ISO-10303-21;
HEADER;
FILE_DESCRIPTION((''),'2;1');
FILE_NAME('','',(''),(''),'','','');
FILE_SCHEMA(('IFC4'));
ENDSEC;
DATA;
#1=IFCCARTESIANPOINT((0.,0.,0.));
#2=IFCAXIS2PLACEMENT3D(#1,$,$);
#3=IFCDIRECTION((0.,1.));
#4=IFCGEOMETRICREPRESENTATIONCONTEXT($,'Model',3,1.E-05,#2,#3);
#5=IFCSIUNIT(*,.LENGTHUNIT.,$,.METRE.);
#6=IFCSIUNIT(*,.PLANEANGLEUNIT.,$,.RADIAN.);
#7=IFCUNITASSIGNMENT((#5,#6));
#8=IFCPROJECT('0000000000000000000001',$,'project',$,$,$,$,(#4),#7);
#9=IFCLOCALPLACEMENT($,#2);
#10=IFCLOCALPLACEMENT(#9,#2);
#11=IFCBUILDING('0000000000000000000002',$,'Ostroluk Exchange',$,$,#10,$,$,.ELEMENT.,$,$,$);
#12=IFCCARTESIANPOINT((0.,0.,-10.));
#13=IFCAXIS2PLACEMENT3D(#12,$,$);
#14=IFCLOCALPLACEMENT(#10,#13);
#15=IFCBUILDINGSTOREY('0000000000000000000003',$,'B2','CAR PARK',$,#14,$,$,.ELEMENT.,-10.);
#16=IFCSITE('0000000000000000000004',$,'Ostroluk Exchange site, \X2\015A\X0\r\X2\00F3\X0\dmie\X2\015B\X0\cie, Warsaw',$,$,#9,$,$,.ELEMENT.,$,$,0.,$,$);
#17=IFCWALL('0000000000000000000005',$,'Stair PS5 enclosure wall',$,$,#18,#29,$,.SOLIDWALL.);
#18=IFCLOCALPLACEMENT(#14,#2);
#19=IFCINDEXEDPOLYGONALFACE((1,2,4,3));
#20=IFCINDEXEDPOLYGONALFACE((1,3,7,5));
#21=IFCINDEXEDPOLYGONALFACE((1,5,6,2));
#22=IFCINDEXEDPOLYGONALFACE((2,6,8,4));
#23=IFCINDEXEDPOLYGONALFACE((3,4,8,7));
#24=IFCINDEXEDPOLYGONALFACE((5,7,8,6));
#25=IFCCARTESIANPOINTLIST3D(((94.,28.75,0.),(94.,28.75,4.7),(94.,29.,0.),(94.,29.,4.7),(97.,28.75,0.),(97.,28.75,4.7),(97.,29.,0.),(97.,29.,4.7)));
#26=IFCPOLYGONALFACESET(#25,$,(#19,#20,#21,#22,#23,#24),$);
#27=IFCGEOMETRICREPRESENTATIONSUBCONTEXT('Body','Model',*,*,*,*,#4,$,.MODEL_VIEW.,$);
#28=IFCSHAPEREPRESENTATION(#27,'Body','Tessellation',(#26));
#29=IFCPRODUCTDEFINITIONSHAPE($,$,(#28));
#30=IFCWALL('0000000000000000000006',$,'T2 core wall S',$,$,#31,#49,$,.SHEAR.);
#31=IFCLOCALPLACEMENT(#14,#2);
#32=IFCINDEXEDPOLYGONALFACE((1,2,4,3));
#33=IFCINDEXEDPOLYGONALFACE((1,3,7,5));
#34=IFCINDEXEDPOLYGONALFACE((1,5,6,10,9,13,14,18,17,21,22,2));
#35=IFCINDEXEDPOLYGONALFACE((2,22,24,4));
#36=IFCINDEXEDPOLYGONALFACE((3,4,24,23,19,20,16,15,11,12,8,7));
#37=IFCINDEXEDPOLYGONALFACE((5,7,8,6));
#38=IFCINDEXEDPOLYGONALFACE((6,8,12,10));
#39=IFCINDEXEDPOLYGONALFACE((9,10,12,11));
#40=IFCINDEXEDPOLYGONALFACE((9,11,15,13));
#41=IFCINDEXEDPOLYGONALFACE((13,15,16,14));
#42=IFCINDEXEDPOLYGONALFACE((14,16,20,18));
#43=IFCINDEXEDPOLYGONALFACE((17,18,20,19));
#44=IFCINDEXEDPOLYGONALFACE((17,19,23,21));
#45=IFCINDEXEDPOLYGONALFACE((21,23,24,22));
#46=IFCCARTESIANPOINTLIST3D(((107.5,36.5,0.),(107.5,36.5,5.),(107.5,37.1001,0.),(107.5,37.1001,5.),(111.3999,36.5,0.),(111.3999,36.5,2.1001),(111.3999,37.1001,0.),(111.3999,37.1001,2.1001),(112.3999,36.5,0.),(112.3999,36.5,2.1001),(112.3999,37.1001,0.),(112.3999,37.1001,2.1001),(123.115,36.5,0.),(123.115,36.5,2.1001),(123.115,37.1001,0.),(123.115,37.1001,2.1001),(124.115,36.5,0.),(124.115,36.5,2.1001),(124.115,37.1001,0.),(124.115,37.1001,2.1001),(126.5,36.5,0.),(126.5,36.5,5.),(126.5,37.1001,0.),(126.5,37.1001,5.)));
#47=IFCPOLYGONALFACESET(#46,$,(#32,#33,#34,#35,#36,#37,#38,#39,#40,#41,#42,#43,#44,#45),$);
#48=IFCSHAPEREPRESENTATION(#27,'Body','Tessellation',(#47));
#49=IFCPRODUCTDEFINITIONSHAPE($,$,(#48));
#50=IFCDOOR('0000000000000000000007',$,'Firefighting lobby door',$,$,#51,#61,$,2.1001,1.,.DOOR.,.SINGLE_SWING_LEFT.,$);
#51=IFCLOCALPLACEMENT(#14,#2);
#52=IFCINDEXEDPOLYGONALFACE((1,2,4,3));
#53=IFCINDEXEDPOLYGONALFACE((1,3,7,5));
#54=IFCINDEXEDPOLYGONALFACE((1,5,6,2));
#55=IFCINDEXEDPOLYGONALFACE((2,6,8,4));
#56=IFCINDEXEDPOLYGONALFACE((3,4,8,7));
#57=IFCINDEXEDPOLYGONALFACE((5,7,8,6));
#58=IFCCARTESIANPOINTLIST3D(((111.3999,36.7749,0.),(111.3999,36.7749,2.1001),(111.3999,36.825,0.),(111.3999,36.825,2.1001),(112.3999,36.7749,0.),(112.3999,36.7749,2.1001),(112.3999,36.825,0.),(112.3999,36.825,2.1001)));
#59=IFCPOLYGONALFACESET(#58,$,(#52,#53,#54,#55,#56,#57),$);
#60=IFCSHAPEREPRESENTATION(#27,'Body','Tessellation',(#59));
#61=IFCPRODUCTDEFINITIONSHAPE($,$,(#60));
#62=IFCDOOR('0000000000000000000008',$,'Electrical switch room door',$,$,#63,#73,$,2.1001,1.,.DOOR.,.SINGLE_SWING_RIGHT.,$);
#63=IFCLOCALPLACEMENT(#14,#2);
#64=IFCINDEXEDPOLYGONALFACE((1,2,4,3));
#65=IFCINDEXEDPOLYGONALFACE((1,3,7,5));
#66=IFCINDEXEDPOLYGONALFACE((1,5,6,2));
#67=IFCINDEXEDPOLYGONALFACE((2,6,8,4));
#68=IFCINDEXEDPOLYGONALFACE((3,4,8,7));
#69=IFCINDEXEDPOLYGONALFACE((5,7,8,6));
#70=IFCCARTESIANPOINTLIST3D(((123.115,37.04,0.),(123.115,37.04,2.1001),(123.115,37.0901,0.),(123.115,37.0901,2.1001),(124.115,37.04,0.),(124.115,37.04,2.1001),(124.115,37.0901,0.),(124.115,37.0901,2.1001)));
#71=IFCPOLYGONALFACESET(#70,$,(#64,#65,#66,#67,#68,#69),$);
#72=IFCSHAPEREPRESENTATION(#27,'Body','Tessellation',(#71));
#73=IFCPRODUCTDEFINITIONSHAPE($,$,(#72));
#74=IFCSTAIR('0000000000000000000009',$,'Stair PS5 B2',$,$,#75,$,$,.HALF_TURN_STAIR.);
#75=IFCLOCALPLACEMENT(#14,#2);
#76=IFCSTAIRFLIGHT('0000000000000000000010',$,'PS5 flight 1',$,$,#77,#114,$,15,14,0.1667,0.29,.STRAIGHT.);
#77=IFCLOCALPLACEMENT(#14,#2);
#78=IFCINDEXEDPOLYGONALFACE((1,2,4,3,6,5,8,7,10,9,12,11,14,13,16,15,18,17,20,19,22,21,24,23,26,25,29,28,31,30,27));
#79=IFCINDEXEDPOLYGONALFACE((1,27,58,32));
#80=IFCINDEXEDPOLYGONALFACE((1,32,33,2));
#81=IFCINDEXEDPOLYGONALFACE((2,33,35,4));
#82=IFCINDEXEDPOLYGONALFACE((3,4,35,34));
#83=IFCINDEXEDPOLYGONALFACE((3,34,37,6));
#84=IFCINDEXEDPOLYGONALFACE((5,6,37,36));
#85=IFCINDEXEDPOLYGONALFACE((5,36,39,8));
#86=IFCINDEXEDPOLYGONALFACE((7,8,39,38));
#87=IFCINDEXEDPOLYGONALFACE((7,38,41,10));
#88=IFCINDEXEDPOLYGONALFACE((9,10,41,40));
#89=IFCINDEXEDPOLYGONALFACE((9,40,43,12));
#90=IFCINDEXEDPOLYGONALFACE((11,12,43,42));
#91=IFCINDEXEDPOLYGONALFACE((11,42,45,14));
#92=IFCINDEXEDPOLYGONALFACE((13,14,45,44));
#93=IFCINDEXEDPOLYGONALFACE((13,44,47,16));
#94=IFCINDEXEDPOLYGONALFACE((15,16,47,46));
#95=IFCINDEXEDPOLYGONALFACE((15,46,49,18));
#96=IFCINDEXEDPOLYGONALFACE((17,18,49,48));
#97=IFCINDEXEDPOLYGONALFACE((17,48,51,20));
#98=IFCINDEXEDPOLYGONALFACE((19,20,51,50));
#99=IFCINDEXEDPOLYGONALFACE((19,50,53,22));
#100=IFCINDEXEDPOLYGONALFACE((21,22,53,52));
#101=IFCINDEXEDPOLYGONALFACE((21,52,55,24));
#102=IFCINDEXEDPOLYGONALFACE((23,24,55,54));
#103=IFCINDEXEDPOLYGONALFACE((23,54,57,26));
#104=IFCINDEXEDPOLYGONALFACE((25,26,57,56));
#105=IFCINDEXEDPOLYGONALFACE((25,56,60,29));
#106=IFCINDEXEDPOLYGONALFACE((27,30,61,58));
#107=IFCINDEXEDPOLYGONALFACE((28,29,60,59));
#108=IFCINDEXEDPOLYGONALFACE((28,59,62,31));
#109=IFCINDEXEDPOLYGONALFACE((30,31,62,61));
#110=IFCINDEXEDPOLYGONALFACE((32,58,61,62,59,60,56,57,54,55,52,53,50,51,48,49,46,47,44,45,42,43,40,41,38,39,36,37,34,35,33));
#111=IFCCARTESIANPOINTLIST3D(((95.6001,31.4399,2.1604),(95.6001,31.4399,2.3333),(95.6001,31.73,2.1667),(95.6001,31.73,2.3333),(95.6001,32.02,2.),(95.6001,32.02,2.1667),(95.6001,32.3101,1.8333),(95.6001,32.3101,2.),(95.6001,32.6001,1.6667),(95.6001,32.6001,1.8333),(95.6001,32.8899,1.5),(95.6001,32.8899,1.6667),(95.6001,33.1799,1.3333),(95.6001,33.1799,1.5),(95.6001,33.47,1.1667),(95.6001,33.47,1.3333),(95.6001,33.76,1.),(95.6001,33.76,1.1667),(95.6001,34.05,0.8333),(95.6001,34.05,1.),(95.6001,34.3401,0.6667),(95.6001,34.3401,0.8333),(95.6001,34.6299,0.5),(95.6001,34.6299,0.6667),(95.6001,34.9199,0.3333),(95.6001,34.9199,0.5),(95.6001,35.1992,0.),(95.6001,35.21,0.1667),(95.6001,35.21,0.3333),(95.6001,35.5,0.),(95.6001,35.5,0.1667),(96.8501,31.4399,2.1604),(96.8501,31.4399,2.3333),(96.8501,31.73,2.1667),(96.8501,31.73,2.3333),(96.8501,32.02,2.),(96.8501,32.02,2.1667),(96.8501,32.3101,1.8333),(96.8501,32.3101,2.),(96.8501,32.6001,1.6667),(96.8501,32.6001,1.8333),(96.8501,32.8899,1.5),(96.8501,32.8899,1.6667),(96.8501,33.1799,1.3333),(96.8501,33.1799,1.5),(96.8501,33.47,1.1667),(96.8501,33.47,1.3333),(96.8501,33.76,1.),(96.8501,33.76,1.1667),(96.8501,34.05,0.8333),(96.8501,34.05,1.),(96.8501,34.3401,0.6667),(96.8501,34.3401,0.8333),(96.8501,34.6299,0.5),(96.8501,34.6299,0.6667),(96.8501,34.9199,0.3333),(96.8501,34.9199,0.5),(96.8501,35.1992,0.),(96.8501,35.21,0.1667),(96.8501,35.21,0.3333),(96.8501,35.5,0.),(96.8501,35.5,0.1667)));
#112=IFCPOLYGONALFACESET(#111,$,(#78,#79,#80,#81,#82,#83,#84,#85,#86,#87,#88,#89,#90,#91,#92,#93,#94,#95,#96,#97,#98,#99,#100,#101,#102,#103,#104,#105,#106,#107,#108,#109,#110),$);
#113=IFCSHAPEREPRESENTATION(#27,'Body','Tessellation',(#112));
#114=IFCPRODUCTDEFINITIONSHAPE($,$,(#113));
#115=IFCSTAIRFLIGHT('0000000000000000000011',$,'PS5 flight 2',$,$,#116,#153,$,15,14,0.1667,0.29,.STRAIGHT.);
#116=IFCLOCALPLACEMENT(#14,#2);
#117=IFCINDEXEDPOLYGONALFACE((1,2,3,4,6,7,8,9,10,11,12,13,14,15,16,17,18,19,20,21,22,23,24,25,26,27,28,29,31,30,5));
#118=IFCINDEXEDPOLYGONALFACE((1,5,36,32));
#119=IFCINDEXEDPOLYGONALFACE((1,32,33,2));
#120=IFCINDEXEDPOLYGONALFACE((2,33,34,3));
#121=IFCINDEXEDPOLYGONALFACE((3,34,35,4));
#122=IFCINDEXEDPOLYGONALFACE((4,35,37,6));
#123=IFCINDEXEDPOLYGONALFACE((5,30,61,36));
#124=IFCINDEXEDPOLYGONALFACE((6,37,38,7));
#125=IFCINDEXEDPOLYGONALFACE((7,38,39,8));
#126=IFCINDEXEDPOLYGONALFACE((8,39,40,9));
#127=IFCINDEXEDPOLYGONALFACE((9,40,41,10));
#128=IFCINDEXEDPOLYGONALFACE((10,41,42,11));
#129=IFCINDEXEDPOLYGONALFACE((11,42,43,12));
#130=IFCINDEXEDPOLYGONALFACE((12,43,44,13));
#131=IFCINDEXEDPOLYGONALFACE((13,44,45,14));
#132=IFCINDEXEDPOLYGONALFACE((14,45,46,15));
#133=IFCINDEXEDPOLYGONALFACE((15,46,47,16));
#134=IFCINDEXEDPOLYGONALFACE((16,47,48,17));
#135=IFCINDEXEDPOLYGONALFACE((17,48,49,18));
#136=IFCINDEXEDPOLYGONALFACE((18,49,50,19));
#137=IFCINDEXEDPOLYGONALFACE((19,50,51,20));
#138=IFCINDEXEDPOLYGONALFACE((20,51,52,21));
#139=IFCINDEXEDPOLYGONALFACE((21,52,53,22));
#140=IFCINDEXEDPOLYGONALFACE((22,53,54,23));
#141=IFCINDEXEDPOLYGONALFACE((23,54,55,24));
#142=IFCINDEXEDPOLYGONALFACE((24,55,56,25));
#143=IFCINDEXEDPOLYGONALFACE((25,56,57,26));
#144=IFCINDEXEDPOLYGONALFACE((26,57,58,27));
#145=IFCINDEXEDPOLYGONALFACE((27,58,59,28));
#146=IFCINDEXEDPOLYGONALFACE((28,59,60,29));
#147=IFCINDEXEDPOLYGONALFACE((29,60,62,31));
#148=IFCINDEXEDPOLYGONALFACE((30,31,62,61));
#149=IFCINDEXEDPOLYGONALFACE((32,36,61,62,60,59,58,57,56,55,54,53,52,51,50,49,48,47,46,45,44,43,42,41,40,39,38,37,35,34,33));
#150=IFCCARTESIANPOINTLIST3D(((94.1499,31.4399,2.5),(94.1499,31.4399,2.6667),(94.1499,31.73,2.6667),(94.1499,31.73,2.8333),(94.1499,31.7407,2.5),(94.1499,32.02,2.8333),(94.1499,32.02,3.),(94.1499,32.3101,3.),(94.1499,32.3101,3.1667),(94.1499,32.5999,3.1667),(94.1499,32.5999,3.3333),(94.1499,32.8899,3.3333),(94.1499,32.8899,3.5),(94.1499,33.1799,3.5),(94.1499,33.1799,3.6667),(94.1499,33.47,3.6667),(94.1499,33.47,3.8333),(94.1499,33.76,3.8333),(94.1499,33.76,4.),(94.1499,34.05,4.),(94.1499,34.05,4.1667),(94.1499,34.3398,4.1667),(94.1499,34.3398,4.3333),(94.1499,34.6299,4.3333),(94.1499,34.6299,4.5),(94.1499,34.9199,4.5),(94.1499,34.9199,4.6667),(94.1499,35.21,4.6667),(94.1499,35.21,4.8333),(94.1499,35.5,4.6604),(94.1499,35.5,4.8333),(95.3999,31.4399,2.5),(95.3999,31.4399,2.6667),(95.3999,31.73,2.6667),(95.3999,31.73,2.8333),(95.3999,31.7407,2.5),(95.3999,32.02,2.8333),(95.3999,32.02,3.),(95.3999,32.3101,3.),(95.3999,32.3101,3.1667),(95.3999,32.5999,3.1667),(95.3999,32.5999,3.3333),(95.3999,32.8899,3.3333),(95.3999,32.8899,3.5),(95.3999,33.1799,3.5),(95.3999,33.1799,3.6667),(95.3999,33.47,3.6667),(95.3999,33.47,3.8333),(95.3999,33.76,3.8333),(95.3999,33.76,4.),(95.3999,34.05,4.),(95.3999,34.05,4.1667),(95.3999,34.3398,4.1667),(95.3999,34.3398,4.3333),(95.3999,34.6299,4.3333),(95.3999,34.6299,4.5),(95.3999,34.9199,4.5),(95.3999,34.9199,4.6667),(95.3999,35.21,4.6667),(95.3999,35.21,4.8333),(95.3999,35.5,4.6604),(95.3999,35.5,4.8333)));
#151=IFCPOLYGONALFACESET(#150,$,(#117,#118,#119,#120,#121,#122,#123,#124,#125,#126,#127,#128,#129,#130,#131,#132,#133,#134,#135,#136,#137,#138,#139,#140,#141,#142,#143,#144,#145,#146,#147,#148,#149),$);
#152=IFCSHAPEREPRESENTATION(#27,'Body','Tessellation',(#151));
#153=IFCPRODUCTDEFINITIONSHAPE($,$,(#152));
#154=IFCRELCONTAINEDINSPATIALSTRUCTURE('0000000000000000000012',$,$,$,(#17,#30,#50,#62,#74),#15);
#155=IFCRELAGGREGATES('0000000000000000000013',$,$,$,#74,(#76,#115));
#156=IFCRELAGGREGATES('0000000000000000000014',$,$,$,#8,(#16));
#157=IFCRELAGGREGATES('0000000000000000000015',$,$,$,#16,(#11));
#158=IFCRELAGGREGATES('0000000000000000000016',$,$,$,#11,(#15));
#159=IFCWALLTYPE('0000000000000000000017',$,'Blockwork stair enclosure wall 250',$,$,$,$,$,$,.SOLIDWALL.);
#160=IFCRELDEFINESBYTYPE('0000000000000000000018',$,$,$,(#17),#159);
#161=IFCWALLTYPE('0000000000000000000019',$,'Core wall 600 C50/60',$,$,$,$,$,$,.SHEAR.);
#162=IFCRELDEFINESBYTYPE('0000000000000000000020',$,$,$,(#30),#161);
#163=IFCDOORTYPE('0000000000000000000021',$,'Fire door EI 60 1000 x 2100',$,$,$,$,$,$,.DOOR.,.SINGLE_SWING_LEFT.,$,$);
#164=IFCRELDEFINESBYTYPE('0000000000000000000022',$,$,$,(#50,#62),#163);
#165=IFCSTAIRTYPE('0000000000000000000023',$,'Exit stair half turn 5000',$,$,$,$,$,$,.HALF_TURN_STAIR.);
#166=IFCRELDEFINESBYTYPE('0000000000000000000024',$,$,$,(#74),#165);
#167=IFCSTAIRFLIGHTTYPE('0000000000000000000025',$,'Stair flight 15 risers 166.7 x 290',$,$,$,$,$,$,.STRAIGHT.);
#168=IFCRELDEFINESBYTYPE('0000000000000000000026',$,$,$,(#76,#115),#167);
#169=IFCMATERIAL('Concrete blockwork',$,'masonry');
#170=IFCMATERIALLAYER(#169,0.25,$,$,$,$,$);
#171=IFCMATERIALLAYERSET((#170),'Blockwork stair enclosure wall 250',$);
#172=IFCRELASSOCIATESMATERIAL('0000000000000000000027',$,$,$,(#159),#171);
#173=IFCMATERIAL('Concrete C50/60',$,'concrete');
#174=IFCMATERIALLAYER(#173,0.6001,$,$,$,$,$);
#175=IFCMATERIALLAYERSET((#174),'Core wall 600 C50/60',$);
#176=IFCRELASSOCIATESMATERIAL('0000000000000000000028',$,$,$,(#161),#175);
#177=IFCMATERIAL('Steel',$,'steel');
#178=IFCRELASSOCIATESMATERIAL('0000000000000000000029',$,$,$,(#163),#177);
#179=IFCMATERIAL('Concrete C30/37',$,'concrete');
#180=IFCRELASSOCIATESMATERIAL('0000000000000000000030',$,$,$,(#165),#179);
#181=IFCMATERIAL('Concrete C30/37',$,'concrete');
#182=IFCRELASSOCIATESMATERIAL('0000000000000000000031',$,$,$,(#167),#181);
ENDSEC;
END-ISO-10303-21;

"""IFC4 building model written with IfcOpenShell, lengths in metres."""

from ifc_helpers import new_model, si_unit, direction, frame, frame_2d, origin, place, context, subcontext, project, spatial, polyline, rectangle, outline, extrude, material, layer, layer_set, type_object, element, fill, aggregate, save


model = new_model("IFC4")

# Units and contexts
model_context = context("Model", 3, precision=1e-05, world=origin(), true_north=direction((0.0, 1.0)))
body_context = subcontext(model_context, "Body", "Model", "MODEL_VIEW")
ifc_project = project(units=[si_unit("LENGTHUNIT", "METRE"), si_unit("PLANEANGLEUNIT", "RADIAN")], contexts=[model_context])

# Site, building, storey
site_placement = place(None, origin())
site = spatial("IfcSite", under=ifc_project, at=site_placement, Name="Ostroluk Exchange site, Śródmieście, Warsaw", CompositionType="ELEMENT", RefElevation=0.0)
building_placement = place(site_placement, origin())
building = spatial("IfcBuilding", under=site, at=building_placement, Name="Ostroluk Exchange", CompositionType="ELEMENT")
storey_placement = place(building_placement, frame((0.0, 0.0, -10.0)))
storey = spatial("IfcBuildingStorey", under=building, at=storey_placement, Name="B2", Description="CAR PARK", CompositionType="ELEMENT", Elevation=-10.0)

# Wall
ifc_material_1 = material(Name="Concrete blockwork", Category="masonry")
ifc_layer_1 = layer(ifc_material_1, 0.25)
ifc_layer_set_1 = layer_set([ifc_layer_1], Name="Blockwork stair enclosure wall 250")
wall_type_1 = type_object("IfcWallType", Name="Blockwork stair enclosure wall 250", PredefinedType="SOLIDWALL", material=ifc_layer_set_1)
wall_1_placement = place(storey_placement, frame((94.0, 28.875, 0.0), z_axis=(0.0, 0.0, 1.0), x_axis=(1.0, 0.0, 0.0)))
element("IfcWall", 1, at=wall_1_placement, inside=storey, type_object=wall_type_1, Name="Stair PS5 enclosure wall", PredefinedType="SOLIDWALL", context=body_context, shape_type="SweptSolid", body=[
    extrude(rectangle(XDim=3.0, YDim=0.25, at=frame_2d((1.5, 0.0))), origin(), (0.0, 0.0, 1.0), 4.7),
])

# Wall, openings, doors
ifc_material_2 = material(Name="Concrete C50/60", Category="concrete")
ifc_layer_2 = layer(ifc_material_2, 0.6001)
ifc_layer_set_2 = layer_set([ifc_layer_2], Name="Core wall 600 C50/60")
wall_type_2 = type_object("IfcWallType", Name="Core wall 600 C50/60", PredefinedType="SHEAR", material=ifc_layer_set_2)
wall_2_placement = place(storey_placement, frame((107.5, 36.8, 0.0), z_axis=(0.0, 0.0, 1.0), x_axis=(1.0, 0.0, 0.0)))
wall_2 = element("IfcWall", 2, at=wall_2_placement, inside=storey, type_object=wall_type_2, Name="T2 core wall S", PredefinedType="SHEAR", context=body_context, shape_type="SweptSolid", body=[
    extrude(rectangle(XDim=19.0, YDim=0.6001, at=frame_2d((9.5, 0.0))), origin(), (0.0, 0.0, 1.0), 5.0),
])
opening_1_placement = place(wall_2_placement, frame((3.8999, 0.0, 0.0)))
opening_1 = element("IfcOpeningElement", 3, at=opening_1_placement, cuts=wall_2, PredefinedType="OPENING", context=body_context, shape_type="SweptSolid", body=[
    extrude(rectangle(XDim=1.0, YDim=2.1001, at=frame_2d((0.5, 1.05))), frame((0.0, 0.3101, 0.0), z_axis=(0.0, -1.0, 0.0), x_axis=(1.0, 0.0, 0.0)), (0.0, 0.0, 1.0), 0.6201),
])
opening_2_placement = place(wall_2_placement, frame((15.615, 0.0, 0.0)))
opening_2 = element("IfcOpeningElement", 4, at=opening_2_placement, cuts=wall_2, PredefinedType="OPENING", context=body_context, shape_type="SweptSolid", body=[
    extrude(rectangle(XDim=1.0, YDim=2.1001, at=frame_2d((0.5, 1.05))), frame((0.0, 0.3101, 0.0), z_axis=(0.0, -1.0, 0.0), x_axis=(1.0, 0.0, 0.0)), (0.0, 0.0, 1.0), 0.6201),
])
ifc_material_3 = material(Name="Steel", Category="steel")
door_type = type_object("IfcDoorType", Name="Fire door EI 60 1000 x 2100", OperationType="SINGLE_SWING_LEFT", PredefinedType="DOOR", material=ifc_material_3)
door_1_placement = place(opening_1_placement, origin())
door_1 = element("IfcDoor", 5, at=door_1_placement, inside=storey, type_object=door_type, Name="Firefighting lobby door", OperationType="SINGLE_SWING_LEFT", OverallHeight=2.1001, OverallWidth=1.0, PredefinedType="DOOR", context=body_context, shape_type="SweptSolid", body=[
    extrude(rectangle(XDim=1.0, YDim=2.1001, at=frame_2d((0.5, 1.05))), frame((0.0, 0.0249, 0.0), z_axis=(0.0, -1.0, 0.0), x_axis=(1.0, 0.0, 0.0)), (0.0, 0.0, 1.0), 0.05),
])
fill(opening_1, door_1)
door_2_placement = place(opening_2_placement, origin())
door_2 = element("IfcDoor", 6, at=door_2_placement, inside=storey, type_object=door_type, Name="Electrical switch room door", OperationType="SINGLE_SWING_RIGHT", OverallHeight=2.1001, OverallWidth=1.0, PredefinedType="DOOR", context=body_context, shape_type="SweptSolid", body=[
    extrude(rectangle(XDim=1.0, YDim=2.1001, at=frame_2d((0.5, 1.05))), frame((0.0, 0.29, 0.0), z_axis=(0.0, -1.0, 0.0), x_axis=(1.0, 0.0, 0.0)), (0.0, 0.0, 1.0), 0.05),
])
fill(opening_2, door_2)

# Stair, stair flights
ifc_material_4 = material(Name="Concrete C30/37", Category="concrete")
stair_type = type_object("IfcStairType", Name="Exit stair half turn 5000", PredefinedType="HALF_TURN_STAIR", material=ifc_material_4)
stair_placement = place(storey_placement, origin())
stair = element("IfcStair", 7, at=stair_placement, inside=storey, type_object=stair_type, Name="Stair PS5 B2", PredefinedType="HALF_TURN_STAIR")
ifc_material_5 = material(Name="Concrete C30/37", Category="concrete")
stair_flight_type = type_object("IfcStairFlightType", Name="Stair flight 15 risers 166.7 x 290", PredefinedType="STRAIGHT", material=ifc_material_5)
stair_flight_1_placement = place(storey_placement, frame((96.2251, 35.5, 0.0), z_axis=(0.0, 0.0, 1.0), x_axis=(0.0, -1.0, 0.0)))
stair_flight_1 = element("IfcStairFlight", 8, at=stair_flight_1_placement, type_object=stair_flight_type, Name="PS5 flight 1", NumberOfRisers=15, NumberOfTreads=14, PredefinedType="STRAIGHT", RiserHeight=0.1667, TreadLength=0.29, context=body_context, shape_type="SweptSolid", body=[
    extrude(outline(polyline([(0.0, 0.0), (0.0, 0.1667), (0.29, 0.1667), (0.29, 0.3333), (0.5801, 0.3333), (0.5801, 0.5), (0.8701, 0.5), (0.8701, 0.6667), (1.1599, 0.6667), (1.1599, 0.8333), (1.45, 0.8333), (1.45, 1.0), (1.74, 1.0), (1.74, 1.1667), (2.03, 1.1667), (2.03, 1.3333), (2.3201, 1.3333), (2.3201, 1.5), (2.6101, 1.5), (2.6101, 1.6667), (2.8999, 1.6667), (2.8999, 1.8333), (3.1899, 1.8333), (3.1899, 2.0), (3.48, 2.0), (3.48, 2.1667), (3.77, 2.1667), (3.77, 2.3333), (4.0601, 2.3333), (4.0601, 2.5), (4.0601, 2.1604), (0.3008, 0.0), (0.0, 0.0)])), frame((0.0, 0.625, 0.0), z_axis=(0.0, -1.0, 0.0), x_axis=(1.0, 0.0, 0.0)), (0.0, 0.0, 1.0), 1.25),
])
stair_flight_2_placement = place(storey_placement, frame((94.7749, 31.4399, 2.5), z_axis=(0.0, 0.0, 1.0), x_axis=(0.0, 1.0, 0.0)))
stair_flight_2 = element("IfcStairFlight", 9, at=stair_flight_2_placement, type_object=stair_flight_type, Name="PS5 flight 2", NumberOfRisers=15, NumberOfTreads=14, PredefinedType="STRAIGHT", RiserHeight=0.1667, TreadLength=0.29, context=body_context, shape_type="SweptSolid", body=[
    extrude(outline(polyline([(0.0, 0.0), (0.0, 0.1667), (0.29, 0.1667), (0.29, 0.3333), (0.5801, 0.3333), (0.5801, 0.5), (0.8701, 0.5), (0.8701, 0.6667), (1.1599, 0.6667), (1.1599, 0.8333), (1.45, 0.8333), (1.45, 1.0), (1.74, 1.0), (1.74, 1.1667), (2.03, 1.1667), (2.03, 1.3333), (2.3201, 1.3333), (2.3201, 1.5), (2.6101, 1.5), (2.6101, 1.6667), (2.8999, 1.6667), (2.8999, 1.8333), (3.1899, 1.8333), (3.1899, 2.0), (3.48, 2.0), (3.48, 2.1667), (3.77, 2.1667), (3.77, 2.3333), (4.0601, 2.3333), (4.0601, 2.5), (4.0601, 2.1604), (0.3008, 0.0), (0.0, 0.0)])), frame((0.0, 0.625, 0.0), z_axis=(0.0, -1.0, 0.0), x_axis=(1.0, 0.0, 0.0)), (0.0, 0.0, 1.0), 1.25),
])
aggregate(stair, [stair_flight_1, stair_flight_2])

save(model, "model.ifc")
